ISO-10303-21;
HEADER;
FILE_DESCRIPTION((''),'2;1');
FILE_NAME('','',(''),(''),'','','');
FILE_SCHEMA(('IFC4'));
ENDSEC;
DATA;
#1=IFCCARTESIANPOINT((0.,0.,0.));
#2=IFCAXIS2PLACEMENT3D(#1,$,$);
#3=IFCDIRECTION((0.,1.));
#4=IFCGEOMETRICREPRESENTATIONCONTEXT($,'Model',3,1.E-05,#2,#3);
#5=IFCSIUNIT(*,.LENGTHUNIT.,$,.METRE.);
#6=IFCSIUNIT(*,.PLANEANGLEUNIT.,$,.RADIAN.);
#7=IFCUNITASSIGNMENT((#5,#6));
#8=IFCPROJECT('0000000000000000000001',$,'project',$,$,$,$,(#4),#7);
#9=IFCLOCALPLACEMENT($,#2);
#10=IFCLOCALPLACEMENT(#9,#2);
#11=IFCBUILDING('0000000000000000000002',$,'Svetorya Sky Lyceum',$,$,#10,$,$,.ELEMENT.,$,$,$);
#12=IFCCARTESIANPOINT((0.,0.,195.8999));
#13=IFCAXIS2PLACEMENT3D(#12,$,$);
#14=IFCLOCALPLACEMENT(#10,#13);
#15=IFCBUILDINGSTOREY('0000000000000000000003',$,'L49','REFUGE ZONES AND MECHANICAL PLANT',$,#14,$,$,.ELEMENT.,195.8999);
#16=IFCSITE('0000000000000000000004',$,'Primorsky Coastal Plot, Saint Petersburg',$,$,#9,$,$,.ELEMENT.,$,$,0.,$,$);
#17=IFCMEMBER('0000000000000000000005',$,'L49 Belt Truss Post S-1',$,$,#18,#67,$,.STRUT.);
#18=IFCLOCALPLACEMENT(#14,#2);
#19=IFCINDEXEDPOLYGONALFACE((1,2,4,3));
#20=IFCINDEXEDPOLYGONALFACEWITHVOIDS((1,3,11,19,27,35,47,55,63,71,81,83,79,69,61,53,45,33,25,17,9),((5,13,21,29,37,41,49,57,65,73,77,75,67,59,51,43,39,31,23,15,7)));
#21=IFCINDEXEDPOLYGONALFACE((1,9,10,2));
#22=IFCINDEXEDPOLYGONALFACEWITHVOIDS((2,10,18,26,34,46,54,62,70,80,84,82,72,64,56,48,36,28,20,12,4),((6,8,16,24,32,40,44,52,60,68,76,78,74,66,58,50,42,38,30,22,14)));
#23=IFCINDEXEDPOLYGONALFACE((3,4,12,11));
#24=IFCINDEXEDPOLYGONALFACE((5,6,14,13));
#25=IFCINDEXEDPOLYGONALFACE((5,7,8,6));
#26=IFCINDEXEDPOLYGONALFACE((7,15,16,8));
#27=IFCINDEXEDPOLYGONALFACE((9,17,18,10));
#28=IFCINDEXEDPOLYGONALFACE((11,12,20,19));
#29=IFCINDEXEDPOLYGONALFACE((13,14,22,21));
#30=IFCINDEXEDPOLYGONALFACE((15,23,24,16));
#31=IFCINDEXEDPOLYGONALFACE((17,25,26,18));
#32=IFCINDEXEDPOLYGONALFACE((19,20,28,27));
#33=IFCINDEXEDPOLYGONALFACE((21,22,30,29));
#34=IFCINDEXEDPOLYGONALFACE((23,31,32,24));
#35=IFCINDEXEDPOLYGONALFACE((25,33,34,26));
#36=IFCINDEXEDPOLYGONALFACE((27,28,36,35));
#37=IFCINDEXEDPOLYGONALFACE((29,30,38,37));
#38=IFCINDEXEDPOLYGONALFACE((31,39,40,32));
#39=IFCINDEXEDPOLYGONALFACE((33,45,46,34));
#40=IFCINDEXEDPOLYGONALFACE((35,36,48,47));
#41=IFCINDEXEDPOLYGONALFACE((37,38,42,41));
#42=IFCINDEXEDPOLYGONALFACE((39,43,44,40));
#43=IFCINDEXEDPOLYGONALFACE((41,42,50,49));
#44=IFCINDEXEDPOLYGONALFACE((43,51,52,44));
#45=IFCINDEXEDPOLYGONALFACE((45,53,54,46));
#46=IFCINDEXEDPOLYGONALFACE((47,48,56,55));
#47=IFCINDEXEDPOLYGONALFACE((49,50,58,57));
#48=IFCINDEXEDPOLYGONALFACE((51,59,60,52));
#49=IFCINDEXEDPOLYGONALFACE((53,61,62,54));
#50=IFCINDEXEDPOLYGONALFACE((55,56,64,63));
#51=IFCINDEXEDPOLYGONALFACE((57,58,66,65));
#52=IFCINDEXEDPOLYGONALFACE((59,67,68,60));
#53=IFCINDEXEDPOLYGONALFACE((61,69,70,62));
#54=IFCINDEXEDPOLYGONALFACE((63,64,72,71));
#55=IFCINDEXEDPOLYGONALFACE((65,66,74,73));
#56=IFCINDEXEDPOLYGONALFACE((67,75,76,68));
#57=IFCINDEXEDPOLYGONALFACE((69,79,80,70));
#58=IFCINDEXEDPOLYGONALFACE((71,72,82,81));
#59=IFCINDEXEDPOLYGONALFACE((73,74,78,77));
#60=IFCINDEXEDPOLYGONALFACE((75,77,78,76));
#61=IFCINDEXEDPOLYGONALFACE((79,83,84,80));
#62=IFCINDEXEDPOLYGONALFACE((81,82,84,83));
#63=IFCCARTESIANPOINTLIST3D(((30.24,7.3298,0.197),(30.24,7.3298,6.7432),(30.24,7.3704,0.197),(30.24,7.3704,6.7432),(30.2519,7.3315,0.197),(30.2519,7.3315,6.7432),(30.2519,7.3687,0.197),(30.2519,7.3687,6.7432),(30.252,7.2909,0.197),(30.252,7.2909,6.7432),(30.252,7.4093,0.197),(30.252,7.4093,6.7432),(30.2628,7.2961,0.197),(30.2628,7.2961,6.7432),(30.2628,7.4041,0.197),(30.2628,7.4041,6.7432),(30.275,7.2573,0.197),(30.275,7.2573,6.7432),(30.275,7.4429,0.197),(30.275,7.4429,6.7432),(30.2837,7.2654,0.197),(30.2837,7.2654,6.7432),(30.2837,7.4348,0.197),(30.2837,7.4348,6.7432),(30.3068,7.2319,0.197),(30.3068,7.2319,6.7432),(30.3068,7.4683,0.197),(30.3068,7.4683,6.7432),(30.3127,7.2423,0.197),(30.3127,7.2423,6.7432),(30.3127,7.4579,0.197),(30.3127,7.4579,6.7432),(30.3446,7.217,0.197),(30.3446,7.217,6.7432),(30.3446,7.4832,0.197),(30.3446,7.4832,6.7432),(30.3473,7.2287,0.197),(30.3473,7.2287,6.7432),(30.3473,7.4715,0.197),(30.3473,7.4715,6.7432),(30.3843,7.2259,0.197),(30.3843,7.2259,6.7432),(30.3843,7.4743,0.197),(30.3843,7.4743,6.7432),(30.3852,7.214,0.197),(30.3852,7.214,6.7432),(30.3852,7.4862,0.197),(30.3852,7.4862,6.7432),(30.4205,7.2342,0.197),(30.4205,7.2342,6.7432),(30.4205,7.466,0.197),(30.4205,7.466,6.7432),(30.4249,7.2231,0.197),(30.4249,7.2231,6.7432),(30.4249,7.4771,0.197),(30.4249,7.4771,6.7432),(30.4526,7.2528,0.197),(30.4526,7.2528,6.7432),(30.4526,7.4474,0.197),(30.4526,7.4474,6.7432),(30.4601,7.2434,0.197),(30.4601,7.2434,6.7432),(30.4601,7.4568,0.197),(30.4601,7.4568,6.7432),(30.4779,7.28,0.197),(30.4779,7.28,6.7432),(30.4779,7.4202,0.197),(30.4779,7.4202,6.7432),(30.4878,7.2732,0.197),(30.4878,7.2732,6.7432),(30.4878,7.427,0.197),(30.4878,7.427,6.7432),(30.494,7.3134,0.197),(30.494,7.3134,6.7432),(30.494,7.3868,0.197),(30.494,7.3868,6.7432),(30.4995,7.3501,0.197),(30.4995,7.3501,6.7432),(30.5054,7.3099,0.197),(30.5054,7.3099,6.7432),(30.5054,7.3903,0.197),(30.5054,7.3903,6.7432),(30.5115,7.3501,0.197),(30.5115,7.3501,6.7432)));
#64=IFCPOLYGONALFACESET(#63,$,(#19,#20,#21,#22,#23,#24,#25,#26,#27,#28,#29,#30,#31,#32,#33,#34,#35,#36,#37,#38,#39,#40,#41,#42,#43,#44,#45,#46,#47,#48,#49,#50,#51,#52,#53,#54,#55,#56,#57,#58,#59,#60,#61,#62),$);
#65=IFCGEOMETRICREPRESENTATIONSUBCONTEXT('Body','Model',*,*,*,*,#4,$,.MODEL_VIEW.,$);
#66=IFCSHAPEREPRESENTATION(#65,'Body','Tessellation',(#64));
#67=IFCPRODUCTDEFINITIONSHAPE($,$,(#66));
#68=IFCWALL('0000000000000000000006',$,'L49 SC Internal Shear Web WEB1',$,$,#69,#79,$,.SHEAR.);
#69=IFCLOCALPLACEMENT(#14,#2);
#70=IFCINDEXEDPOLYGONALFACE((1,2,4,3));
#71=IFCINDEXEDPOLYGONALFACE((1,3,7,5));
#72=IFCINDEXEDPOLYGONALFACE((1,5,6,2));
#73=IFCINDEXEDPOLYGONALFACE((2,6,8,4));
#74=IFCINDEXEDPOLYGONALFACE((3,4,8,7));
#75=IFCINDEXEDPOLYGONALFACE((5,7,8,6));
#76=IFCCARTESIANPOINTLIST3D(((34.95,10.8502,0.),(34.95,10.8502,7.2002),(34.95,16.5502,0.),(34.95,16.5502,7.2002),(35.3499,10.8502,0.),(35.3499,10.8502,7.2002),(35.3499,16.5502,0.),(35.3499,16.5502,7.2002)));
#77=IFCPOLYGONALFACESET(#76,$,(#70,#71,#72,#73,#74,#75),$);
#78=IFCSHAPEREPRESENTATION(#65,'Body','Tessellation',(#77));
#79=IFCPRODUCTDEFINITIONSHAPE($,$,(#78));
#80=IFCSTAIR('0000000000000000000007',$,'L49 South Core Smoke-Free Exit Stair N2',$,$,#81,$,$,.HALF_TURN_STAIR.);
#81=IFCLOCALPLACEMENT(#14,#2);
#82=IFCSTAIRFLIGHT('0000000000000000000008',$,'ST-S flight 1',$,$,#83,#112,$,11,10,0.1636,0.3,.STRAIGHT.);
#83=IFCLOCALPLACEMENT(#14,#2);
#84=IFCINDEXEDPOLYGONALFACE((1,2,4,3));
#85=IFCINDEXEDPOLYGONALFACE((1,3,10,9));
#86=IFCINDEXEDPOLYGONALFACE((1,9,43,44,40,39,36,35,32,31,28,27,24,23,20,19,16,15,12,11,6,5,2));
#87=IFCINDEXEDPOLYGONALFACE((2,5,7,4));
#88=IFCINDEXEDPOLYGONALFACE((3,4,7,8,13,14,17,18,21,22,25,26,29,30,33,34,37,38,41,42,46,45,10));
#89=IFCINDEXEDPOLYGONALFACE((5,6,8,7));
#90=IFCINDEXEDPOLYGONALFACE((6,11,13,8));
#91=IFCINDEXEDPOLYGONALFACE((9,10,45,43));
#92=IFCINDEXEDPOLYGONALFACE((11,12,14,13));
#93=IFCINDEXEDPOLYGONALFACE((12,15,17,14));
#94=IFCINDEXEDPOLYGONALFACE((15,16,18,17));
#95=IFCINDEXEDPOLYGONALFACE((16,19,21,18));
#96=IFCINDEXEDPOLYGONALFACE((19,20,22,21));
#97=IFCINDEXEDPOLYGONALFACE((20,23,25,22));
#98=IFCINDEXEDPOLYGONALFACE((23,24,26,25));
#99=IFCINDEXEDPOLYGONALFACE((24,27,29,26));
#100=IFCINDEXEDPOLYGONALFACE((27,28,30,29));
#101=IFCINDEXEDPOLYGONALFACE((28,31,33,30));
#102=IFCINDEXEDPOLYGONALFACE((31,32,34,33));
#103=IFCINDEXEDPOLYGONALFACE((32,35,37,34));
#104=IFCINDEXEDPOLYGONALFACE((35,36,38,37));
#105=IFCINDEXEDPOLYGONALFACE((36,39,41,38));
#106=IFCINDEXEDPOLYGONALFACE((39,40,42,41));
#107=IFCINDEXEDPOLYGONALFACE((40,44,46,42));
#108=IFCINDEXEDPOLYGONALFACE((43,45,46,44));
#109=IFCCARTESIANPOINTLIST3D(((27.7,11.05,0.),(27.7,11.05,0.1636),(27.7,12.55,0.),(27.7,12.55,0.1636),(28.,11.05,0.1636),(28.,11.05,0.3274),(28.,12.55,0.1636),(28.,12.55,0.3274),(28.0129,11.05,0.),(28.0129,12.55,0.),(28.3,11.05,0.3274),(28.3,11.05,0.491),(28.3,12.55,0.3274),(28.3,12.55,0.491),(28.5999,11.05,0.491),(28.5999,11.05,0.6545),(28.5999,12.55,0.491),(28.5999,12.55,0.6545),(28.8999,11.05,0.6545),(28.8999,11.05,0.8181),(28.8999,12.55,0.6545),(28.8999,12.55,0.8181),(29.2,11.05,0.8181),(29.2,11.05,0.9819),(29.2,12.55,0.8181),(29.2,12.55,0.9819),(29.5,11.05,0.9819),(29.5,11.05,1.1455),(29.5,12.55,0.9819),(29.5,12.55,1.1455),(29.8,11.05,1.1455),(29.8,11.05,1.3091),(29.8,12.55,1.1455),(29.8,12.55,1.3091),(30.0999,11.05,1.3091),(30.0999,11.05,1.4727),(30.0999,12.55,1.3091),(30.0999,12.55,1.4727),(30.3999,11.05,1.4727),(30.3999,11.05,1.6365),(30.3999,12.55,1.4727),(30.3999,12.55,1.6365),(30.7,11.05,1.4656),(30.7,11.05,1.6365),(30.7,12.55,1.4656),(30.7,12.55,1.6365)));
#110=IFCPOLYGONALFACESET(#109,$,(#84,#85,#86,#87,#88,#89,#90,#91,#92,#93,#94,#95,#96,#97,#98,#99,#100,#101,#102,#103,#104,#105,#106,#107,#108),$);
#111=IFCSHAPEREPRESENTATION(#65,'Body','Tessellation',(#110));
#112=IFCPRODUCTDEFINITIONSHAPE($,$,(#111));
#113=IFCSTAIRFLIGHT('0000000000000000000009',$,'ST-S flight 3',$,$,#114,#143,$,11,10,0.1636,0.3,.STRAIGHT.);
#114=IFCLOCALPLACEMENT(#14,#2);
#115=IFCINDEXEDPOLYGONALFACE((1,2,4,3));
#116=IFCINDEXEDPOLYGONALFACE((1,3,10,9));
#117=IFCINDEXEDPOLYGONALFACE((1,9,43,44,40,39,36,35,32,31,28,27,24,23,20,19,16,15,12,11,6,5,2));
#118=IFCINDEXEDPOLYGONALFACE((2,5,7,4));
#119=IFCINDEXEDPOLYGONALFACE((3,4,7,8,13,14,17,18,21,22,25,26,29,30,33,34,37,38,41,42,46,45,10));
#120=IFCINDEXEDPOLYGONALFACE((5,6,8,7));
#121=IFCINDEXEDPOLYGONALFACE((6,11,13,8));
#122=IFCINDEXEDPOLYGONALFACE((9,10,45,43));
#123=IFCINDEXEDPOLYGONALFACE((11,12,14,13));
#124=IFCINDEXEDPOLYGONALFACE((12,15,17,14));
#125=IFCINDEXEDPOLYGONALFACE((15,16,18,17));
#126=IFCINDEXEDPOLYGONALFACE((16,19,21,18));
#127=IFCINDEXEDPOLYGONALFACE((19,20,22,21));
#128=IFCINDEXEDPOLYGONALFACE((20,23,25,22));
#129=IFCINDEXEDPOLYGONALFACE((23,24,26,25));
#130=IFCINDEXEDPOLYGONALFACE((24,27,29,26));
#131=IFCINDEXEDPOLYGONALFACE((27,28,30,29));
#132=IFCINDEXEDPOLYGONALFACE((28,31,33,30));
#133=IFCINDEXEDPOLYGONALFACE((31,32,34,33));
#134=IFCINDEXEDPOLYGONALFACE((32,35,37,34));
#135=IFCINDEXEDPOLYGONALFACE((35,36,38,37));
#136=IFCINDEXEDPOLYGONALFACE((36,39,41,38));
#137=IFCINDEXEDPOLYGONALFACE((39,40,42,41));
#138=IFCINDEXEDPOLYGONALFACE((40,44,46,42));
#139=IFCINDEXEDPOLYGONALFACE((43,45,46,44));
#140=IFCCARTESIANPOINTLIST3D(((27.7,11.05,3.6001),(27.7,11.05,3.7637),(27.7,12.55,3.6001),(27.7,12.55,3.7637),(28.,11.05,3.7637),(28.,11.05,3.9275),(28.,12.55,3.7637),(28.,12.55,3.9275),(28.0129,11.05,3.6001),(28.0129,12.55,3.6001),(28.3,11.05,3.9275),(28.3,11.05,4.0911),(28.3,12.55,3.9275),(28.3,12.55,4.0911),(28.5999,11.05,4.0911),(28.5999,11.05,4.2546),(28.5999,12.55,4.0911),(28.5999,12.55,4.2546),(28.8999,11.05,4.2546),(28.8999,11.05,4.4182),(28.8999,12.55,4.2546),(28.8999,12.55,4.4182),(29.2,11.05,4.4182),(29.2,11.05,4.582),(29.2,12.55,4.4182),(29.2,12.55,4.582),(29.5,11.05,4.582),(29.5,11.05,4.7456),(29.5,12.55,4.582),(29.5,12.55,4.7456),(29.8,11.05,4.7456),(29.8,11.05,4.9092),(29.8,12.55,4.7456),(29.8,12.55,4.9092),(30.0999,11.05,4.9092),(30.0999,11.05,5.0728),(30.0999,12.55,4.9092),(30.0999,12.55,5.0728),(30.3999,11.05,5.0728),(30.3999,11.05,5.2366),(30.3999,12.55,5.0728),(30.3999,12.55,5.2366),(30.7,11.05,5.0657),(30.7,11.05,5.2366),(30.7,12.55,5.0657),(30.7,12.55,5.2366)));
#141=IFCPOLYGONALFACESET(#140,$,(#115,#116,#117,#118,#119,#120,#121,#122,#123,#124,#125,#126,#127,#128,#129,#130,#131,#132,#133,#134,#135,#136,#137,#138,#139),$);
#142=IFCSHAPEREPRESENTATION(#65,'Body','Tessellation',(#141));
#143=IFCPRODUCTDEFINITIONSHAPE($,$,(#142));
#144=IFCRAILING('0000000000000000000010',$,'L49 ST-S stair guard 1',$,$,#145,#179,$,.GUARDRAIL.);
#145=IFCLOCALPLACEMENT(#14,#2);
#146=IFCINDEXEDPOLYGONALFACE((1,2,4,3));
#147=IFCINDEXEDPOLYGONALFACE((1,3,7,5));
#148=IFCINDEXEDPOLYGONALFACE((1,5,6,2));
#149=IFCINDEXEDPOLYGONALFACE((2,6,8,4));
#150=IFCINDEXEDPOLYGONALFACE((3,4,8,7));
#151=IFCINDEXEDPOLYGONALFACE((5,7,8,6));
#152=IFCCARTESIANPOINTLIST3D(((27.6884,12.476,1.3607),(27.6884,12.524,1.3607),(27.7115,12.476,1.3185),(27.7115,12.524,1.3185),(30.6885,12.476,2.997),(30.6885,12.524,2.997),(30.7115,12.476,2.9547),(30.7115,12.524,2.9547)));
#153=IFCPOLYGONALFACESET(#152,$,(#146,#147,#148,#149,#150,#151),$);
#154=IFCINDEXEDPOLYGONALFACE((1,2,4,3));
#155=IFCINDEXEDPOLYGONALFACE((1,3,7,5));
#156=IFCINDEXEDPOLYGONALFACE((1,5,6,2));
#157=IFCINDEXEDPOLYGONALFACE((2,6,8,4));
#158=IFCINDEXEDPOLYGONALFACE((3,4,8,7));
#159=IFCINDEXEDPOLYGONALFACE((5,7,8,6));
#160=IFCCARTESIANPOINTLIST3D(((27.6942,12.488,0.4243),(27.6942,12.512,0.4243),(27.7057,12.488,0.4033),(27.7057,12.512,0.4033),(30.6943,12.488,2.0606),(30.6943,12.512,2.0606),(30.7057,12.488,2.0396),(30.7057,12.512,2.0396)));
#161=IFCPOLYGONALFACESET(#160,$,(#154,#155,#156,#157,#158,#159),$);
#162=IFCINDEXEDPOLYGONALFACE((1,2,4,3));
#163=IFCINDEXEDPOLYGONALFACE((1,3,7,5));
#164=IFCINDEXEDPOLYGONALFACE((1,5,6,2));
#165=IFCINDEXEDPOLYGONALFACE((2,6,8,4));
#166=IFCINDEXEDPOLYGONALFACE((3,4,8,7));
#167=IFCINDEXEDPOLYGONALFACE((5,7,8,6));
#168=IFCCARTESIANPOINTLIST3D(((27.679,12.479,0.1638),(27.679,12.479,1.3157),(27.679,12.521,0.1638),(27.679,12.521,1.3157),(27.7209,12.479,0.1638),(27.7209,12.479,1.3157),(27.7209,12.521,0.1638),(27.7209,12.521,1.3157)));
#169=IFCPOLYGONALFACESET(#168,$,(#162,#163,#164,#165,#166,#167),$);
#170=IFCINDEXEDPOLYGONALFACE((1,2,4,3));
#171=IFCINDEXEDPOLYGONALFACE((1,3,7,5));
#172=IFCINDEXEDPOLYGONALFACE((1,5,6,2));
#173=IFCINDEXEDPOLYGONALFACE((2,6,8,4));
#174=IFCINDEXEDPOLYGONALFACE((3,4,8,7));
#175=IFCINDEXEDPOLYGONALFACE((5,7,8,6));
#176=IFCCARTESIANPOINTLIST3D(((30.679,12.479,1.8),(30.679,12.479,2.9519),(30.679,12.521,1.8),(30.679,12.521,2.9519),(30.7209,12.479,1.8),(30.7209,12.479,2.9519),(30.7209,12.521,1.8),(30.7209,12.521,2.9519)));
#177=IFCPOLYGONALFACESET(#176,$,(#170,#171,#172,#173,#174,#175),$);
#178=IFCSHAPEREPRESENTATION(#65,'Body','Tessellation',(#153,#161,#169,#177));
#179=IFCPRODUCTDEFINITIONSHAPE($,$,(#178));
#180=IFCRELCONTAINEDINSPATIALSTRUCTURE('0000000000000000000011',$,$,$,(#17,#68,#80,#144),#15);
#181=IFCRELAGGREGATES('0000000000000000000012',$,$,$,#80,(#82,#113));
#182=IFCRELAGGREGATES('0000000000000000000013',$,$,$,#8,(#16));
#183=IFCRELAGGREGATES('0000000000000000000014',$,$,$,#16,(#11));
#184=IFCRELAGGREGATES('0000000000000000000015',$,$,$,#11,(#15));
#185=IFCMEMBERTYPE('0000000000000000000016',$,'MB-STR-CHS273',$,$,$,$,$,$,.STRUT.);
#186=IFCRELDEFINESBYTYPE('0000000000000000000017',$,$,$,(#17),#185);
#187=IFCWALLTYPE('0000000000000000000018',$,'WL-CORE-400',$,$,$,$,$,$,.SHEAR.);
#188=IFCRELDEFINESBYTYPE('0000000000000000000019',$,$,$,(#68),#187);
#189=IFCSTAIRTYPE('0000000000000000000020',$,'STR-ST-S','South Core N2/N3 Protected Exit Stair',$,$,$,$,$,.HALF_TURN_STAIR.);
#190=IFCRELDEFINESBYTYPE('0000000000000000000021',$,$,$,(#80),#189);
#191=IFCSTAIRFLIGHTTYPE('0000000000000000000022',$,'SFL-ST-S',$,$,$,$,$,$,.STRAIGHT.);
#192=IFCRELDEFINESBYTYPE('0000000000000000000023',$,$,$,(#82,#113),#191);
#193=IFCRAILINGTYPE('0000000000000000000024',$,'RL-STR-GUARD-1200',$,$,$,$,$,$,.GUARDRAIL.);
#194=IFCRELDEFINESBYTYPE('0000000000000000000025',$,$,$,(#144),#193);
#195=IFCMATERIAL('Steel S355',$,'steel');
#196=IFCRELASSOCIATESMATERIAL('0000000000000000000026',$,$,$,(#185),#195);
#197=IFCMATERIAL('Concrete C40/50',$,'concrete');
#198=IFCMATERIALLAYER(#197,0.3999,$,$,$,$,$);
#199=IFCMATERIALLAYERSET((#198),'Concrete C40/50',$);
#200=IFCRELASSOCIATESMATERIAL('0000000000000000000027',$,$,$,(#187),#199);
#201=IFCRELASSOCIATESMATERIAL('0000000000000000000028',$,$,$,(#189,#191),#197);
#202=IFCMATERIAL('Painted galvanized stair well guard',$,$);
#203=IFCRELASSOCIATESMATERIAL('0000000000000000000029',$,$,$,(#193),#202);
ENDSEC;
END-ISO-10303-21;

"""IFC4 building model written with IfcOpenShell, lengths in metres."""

from ifc_helpers import new_model, si_unit, direction, frame, frame_2d, origin, origin_2d, place, context, subcontext, project, spatial, polyline, rectangle, hollow_circle, outline, extrude, material, layer, layer_set, material_profile, profile_set, type_object, element, aggregate, save


model = new_model("IFC4")

# Units and contexts
model_context = context("Model", 3, precision=1e-05, world=origin(), true_north=direction((0.0, 1.0)))
body_context = subcontext(model_context, "Body", "Model", "MODEL_VIEW")
ifc_project = project(units=[si_unit("LENGTHUNIT", "METRE"), si_unit("PLANEANGLEUNIT", "RADIAN")], contexts=[model_context])

# Site, building, storey
site_placement = place(None, origin())
site = spatial("IfcSite", under=ifc_project, at=site_placement, Name="Primorsky Coastal Plot, Saint Petersburg", CompositionType="ELEMENT", RefElevation=0.0)
building_placement = place(site_placement, origin())
building = spatial("IfcBuilding", under=site, at=building_placement, Name="Svetorya Sky Lyceum", CompositionType="ELEMENT")
storey_placement = place(building_placement, frame((0.0, 0.0, 195.8999)))
storey = spatial("IfcBuildingStorey", under=building, at=storey_placement, Name="L49", Description="REFUGE ZONES AND MECHANICAL PLANT", CompositionType="ELEMENT", Elevation=195.8999)

# Shared definitions
ifc_material_1 = material(Name="Steel S355", Category="steel")

# Member
ifc_material_profile_1 = material_profile(ifc_material_1, hollow_circle(Radius=0.1365, WallThickness=0.012, at=origin_2d()), Name="CHS 273x12")
ifc_profile_set_1 = profile_set([ifc_material_profile_1], Name="Steel S355")
member_type = type_object("IfcMemberType", Name="MB-STR-CHS273", PredefinedType="STRUT", material=ifc_profile_set_1)
member_placement = place(storey_placement, frame((30.375, 7.3501, 0.197), z_axis=(0.0, 0.0, 1.0), x_axis=(1.0, 0.0, 0.0)))
element("IfcMember", 1, at=member_placement, inside=storey, type_object=member_type, Name="L49 Belt Truss Post S-1", PredefinedType="STRUT", context=body_context, shape_type="SweptSolid", body=[
    extrude(hollow_circle(Radius=0.1365, WallThickness=0.012, at=origin_2d()), origin(), (0.0, 0.0, 1.0), 6.5461),
])

# Wall
ifc_material_2 = material(Name="Concrete C40/50", Category="concrete")
ifc_layer_1 = layer(ifc_material_2, 0.3999)
ifc_layer_set_1 = layer_set([ifc_layer_1], Name="Concrete C40/50")
wall_type = type_object("IfcWallType", Name="WL-CORE-400", PredefinedType="SHEAR", material=ifc_layer_set_1)
wall_placement = place(storey_placement, frame((35.1499, 10.8501, 0.0), z_axis=(0.0, 0.0, 1.0), x_axis=(0.0, 1.0, 0.0)))
element("IfcWall", 2, at=wall_placement, inside=storey, type_object=wall_type, Name="L49 SC Internal Shear Web WEB1", PredefinedType="SHEAR", context=body_context, shape_type="SweptSolid", body=[
    extrude(rectangle(XDim=5.7, YDim=0.3999, at=frame_2d((2.8501, 0.0))), origin(), (0.0, 0.0, 1.0), 7.2002),
])

# Stair, stair flights
stair_type = type_object("IfcStairType", Name="STR-ST-S", Description="South Core N2/N3 Protected Exit Stair", PredefinedType="HALF_TURN_STAIR", material=ifc_material_2)
stair_placement = place(storey_placement, origin())
stair = element("IfcStair", 3, at=stair_placement, inside=storey, type_object=stair_type, Name="L49 South Core Smoke-Free Exit Stair N2", PredefinedType="HALF_TURN_STAIR")
stair_flight_type = type_object("IfcStairFlightType", Name="SFL-ST-S", PredefinedType="STRAIGHT", material=ifc_material_2)
stair_flight_1_placement = place(storey_placement, frame((27.7, 11.8, 0.0), z_axis=(0.0, 0.0, 1.0), x_axis=(1.0, 0.0, 0.0)))
stair_flight_1 = element("IfcStairFlight", 4, at=stair_flight_1_placement, type_object=stair_flight_type, Name="ST-S flight 1", NumberOfRisers=11, NumberOfTreads=10, PredefinedType="STRAIGHT", RiserHeight=0.1636, TreadLength=0.3, context=body_context, shape_type="SweptSolid", body=[
    extrude(outline(polyline([(0.0, 0.0), (0.0, 0.1636), (0.3, 0.1636), (0.3, 0.3274), (0.6001, 0.3274), (0.6001, 0.491), (0.8999, 0.491), (0.8999, 0.6545), (1.2, 0.6545), (1.2, 0.8181), (1.5, 0.8181), (1.5, 0.9819), (1.8, 0.9819), (1.8, 1.1455), (2.1001, 1.1455), (2.1001, 1.3091), (2.3999, 1.3091), (2.3999, 1.4727), (2.7, 1.4727), (2.7, 1.6365), (3.0, 1.6365), (3.0, 1.8), (3.0, 1.4656), (0.313, 0.0), (0.0, 0.0)])), frame((0.0, 0.75, 0.0), z_axis=(0.0, -1.0, 0.0), x_axis=(1.0, 0.0, 0.0)), (0.0, 0.0, 1.0), 1.5),
])
stair_flight_2_placement = place(storey_placement, frame((27.7, 11.8, 3.6001), z_axis=(0.0, 0.0, 1.0), x_axis=(1.0, 0.0, 0.0)))
stair_flight_2 = element("IfcStairFlight", 5, at=stair_flight_2_placement, type_object=stair_flight_type, Name="ST-S flight 3", NumberOfRisers=11, NumberOfTreads=10, PredefinedType="STRAIGHT", RiserHeight=0.1636, TreadLength=0.3, context=body_context, shape_type="SweptSolid", body=[
    extrude(outline(polyline([(0.0, 0.0), (0.0, 0.1636), (0.3, 0.1636), (0.3, 0.3274), (0.6001, 0.3274), (0.6001, 0.491), (0.8999, 0.491), (0.8999, 0.6545), (1.2, 0.6545), (1.2, 0.8181), (1.5, 0.8181), (1.5, 0.9819), (1.8, 0.9819), (1.8, 1.1455), (2.1001, 1.1455), (2.1001, 1.3091), (2.3999, 1.3091), (2.3999, 1.4727), (2.7, 1.4727), (2.7, 1.6365), (3.0, 1.6365), (3.0, 1.8), (3.0, 1.4656), (0.313, 0.0), (0.0, 0.0)])), frame((0.0, 0.75, 0.0), z_axis=(0.0, -1.0, 0.0), x_axis=(1.0, 0.0, 0.0)), (0.0, 0.0, 1.0), 1.5),
])
aggregate(stair, [stair_flight_1, stair_flight_2])

# Railing
ifc_material_3 = material(Name="Painted galvanized stair well guard")
railing_type_1 = type_object("IfcRailingType", Name="RL-STR-GUARD-1200", PredefinedType="GUARDRAIL", material=ifc_material_3)
railing_1_placement = place(storey_placement, frame((27.7, 12.5, 0.1638)))
element("IfcRailing", 6, at=railing_1_placement, inside=storey, type_object=railing_type_1, Name="L49 ST-S stair guard 1", PredefinedType="GUARDRAIL", context=body_context, shape_type="SweptSolid", body=[
    extrude(rectangle(XDim=0.0481, YDim=0.0481, at=origin_2d()), frame((0.0, 0.0, 1.1758), z_axis=(0.877912, 0.0, 0.478822), x_axis=(0.0, 1.0, 0.0)), (0.0, 0.0, 1.0), 3.4172),
    extrude(rectangle(XDim=0.0239, YDim=0.0239, at=origin_2d()), frame((0.0, 0.0, 0.25), z_axis=(0.877912, 0.0, 0.478822), x_axis=(0.0, 1.0, 0.0)), (0.0, 0.0, 1.0), 3.4172),
    extrude(rectangle(XDim=0.042, YDim=0.042, at=origin_2d()), origin(), (0.0, 0.0, 1.0), 1.1519),
    extrude(rectangle(XDim=0.042, YDim=0.042, at=origin_2d()), frame((3.0, 0.0, 1.6362)), (0.0, 0.0, 1.0), 1.1519),
])

save(model, "model.ifc")
